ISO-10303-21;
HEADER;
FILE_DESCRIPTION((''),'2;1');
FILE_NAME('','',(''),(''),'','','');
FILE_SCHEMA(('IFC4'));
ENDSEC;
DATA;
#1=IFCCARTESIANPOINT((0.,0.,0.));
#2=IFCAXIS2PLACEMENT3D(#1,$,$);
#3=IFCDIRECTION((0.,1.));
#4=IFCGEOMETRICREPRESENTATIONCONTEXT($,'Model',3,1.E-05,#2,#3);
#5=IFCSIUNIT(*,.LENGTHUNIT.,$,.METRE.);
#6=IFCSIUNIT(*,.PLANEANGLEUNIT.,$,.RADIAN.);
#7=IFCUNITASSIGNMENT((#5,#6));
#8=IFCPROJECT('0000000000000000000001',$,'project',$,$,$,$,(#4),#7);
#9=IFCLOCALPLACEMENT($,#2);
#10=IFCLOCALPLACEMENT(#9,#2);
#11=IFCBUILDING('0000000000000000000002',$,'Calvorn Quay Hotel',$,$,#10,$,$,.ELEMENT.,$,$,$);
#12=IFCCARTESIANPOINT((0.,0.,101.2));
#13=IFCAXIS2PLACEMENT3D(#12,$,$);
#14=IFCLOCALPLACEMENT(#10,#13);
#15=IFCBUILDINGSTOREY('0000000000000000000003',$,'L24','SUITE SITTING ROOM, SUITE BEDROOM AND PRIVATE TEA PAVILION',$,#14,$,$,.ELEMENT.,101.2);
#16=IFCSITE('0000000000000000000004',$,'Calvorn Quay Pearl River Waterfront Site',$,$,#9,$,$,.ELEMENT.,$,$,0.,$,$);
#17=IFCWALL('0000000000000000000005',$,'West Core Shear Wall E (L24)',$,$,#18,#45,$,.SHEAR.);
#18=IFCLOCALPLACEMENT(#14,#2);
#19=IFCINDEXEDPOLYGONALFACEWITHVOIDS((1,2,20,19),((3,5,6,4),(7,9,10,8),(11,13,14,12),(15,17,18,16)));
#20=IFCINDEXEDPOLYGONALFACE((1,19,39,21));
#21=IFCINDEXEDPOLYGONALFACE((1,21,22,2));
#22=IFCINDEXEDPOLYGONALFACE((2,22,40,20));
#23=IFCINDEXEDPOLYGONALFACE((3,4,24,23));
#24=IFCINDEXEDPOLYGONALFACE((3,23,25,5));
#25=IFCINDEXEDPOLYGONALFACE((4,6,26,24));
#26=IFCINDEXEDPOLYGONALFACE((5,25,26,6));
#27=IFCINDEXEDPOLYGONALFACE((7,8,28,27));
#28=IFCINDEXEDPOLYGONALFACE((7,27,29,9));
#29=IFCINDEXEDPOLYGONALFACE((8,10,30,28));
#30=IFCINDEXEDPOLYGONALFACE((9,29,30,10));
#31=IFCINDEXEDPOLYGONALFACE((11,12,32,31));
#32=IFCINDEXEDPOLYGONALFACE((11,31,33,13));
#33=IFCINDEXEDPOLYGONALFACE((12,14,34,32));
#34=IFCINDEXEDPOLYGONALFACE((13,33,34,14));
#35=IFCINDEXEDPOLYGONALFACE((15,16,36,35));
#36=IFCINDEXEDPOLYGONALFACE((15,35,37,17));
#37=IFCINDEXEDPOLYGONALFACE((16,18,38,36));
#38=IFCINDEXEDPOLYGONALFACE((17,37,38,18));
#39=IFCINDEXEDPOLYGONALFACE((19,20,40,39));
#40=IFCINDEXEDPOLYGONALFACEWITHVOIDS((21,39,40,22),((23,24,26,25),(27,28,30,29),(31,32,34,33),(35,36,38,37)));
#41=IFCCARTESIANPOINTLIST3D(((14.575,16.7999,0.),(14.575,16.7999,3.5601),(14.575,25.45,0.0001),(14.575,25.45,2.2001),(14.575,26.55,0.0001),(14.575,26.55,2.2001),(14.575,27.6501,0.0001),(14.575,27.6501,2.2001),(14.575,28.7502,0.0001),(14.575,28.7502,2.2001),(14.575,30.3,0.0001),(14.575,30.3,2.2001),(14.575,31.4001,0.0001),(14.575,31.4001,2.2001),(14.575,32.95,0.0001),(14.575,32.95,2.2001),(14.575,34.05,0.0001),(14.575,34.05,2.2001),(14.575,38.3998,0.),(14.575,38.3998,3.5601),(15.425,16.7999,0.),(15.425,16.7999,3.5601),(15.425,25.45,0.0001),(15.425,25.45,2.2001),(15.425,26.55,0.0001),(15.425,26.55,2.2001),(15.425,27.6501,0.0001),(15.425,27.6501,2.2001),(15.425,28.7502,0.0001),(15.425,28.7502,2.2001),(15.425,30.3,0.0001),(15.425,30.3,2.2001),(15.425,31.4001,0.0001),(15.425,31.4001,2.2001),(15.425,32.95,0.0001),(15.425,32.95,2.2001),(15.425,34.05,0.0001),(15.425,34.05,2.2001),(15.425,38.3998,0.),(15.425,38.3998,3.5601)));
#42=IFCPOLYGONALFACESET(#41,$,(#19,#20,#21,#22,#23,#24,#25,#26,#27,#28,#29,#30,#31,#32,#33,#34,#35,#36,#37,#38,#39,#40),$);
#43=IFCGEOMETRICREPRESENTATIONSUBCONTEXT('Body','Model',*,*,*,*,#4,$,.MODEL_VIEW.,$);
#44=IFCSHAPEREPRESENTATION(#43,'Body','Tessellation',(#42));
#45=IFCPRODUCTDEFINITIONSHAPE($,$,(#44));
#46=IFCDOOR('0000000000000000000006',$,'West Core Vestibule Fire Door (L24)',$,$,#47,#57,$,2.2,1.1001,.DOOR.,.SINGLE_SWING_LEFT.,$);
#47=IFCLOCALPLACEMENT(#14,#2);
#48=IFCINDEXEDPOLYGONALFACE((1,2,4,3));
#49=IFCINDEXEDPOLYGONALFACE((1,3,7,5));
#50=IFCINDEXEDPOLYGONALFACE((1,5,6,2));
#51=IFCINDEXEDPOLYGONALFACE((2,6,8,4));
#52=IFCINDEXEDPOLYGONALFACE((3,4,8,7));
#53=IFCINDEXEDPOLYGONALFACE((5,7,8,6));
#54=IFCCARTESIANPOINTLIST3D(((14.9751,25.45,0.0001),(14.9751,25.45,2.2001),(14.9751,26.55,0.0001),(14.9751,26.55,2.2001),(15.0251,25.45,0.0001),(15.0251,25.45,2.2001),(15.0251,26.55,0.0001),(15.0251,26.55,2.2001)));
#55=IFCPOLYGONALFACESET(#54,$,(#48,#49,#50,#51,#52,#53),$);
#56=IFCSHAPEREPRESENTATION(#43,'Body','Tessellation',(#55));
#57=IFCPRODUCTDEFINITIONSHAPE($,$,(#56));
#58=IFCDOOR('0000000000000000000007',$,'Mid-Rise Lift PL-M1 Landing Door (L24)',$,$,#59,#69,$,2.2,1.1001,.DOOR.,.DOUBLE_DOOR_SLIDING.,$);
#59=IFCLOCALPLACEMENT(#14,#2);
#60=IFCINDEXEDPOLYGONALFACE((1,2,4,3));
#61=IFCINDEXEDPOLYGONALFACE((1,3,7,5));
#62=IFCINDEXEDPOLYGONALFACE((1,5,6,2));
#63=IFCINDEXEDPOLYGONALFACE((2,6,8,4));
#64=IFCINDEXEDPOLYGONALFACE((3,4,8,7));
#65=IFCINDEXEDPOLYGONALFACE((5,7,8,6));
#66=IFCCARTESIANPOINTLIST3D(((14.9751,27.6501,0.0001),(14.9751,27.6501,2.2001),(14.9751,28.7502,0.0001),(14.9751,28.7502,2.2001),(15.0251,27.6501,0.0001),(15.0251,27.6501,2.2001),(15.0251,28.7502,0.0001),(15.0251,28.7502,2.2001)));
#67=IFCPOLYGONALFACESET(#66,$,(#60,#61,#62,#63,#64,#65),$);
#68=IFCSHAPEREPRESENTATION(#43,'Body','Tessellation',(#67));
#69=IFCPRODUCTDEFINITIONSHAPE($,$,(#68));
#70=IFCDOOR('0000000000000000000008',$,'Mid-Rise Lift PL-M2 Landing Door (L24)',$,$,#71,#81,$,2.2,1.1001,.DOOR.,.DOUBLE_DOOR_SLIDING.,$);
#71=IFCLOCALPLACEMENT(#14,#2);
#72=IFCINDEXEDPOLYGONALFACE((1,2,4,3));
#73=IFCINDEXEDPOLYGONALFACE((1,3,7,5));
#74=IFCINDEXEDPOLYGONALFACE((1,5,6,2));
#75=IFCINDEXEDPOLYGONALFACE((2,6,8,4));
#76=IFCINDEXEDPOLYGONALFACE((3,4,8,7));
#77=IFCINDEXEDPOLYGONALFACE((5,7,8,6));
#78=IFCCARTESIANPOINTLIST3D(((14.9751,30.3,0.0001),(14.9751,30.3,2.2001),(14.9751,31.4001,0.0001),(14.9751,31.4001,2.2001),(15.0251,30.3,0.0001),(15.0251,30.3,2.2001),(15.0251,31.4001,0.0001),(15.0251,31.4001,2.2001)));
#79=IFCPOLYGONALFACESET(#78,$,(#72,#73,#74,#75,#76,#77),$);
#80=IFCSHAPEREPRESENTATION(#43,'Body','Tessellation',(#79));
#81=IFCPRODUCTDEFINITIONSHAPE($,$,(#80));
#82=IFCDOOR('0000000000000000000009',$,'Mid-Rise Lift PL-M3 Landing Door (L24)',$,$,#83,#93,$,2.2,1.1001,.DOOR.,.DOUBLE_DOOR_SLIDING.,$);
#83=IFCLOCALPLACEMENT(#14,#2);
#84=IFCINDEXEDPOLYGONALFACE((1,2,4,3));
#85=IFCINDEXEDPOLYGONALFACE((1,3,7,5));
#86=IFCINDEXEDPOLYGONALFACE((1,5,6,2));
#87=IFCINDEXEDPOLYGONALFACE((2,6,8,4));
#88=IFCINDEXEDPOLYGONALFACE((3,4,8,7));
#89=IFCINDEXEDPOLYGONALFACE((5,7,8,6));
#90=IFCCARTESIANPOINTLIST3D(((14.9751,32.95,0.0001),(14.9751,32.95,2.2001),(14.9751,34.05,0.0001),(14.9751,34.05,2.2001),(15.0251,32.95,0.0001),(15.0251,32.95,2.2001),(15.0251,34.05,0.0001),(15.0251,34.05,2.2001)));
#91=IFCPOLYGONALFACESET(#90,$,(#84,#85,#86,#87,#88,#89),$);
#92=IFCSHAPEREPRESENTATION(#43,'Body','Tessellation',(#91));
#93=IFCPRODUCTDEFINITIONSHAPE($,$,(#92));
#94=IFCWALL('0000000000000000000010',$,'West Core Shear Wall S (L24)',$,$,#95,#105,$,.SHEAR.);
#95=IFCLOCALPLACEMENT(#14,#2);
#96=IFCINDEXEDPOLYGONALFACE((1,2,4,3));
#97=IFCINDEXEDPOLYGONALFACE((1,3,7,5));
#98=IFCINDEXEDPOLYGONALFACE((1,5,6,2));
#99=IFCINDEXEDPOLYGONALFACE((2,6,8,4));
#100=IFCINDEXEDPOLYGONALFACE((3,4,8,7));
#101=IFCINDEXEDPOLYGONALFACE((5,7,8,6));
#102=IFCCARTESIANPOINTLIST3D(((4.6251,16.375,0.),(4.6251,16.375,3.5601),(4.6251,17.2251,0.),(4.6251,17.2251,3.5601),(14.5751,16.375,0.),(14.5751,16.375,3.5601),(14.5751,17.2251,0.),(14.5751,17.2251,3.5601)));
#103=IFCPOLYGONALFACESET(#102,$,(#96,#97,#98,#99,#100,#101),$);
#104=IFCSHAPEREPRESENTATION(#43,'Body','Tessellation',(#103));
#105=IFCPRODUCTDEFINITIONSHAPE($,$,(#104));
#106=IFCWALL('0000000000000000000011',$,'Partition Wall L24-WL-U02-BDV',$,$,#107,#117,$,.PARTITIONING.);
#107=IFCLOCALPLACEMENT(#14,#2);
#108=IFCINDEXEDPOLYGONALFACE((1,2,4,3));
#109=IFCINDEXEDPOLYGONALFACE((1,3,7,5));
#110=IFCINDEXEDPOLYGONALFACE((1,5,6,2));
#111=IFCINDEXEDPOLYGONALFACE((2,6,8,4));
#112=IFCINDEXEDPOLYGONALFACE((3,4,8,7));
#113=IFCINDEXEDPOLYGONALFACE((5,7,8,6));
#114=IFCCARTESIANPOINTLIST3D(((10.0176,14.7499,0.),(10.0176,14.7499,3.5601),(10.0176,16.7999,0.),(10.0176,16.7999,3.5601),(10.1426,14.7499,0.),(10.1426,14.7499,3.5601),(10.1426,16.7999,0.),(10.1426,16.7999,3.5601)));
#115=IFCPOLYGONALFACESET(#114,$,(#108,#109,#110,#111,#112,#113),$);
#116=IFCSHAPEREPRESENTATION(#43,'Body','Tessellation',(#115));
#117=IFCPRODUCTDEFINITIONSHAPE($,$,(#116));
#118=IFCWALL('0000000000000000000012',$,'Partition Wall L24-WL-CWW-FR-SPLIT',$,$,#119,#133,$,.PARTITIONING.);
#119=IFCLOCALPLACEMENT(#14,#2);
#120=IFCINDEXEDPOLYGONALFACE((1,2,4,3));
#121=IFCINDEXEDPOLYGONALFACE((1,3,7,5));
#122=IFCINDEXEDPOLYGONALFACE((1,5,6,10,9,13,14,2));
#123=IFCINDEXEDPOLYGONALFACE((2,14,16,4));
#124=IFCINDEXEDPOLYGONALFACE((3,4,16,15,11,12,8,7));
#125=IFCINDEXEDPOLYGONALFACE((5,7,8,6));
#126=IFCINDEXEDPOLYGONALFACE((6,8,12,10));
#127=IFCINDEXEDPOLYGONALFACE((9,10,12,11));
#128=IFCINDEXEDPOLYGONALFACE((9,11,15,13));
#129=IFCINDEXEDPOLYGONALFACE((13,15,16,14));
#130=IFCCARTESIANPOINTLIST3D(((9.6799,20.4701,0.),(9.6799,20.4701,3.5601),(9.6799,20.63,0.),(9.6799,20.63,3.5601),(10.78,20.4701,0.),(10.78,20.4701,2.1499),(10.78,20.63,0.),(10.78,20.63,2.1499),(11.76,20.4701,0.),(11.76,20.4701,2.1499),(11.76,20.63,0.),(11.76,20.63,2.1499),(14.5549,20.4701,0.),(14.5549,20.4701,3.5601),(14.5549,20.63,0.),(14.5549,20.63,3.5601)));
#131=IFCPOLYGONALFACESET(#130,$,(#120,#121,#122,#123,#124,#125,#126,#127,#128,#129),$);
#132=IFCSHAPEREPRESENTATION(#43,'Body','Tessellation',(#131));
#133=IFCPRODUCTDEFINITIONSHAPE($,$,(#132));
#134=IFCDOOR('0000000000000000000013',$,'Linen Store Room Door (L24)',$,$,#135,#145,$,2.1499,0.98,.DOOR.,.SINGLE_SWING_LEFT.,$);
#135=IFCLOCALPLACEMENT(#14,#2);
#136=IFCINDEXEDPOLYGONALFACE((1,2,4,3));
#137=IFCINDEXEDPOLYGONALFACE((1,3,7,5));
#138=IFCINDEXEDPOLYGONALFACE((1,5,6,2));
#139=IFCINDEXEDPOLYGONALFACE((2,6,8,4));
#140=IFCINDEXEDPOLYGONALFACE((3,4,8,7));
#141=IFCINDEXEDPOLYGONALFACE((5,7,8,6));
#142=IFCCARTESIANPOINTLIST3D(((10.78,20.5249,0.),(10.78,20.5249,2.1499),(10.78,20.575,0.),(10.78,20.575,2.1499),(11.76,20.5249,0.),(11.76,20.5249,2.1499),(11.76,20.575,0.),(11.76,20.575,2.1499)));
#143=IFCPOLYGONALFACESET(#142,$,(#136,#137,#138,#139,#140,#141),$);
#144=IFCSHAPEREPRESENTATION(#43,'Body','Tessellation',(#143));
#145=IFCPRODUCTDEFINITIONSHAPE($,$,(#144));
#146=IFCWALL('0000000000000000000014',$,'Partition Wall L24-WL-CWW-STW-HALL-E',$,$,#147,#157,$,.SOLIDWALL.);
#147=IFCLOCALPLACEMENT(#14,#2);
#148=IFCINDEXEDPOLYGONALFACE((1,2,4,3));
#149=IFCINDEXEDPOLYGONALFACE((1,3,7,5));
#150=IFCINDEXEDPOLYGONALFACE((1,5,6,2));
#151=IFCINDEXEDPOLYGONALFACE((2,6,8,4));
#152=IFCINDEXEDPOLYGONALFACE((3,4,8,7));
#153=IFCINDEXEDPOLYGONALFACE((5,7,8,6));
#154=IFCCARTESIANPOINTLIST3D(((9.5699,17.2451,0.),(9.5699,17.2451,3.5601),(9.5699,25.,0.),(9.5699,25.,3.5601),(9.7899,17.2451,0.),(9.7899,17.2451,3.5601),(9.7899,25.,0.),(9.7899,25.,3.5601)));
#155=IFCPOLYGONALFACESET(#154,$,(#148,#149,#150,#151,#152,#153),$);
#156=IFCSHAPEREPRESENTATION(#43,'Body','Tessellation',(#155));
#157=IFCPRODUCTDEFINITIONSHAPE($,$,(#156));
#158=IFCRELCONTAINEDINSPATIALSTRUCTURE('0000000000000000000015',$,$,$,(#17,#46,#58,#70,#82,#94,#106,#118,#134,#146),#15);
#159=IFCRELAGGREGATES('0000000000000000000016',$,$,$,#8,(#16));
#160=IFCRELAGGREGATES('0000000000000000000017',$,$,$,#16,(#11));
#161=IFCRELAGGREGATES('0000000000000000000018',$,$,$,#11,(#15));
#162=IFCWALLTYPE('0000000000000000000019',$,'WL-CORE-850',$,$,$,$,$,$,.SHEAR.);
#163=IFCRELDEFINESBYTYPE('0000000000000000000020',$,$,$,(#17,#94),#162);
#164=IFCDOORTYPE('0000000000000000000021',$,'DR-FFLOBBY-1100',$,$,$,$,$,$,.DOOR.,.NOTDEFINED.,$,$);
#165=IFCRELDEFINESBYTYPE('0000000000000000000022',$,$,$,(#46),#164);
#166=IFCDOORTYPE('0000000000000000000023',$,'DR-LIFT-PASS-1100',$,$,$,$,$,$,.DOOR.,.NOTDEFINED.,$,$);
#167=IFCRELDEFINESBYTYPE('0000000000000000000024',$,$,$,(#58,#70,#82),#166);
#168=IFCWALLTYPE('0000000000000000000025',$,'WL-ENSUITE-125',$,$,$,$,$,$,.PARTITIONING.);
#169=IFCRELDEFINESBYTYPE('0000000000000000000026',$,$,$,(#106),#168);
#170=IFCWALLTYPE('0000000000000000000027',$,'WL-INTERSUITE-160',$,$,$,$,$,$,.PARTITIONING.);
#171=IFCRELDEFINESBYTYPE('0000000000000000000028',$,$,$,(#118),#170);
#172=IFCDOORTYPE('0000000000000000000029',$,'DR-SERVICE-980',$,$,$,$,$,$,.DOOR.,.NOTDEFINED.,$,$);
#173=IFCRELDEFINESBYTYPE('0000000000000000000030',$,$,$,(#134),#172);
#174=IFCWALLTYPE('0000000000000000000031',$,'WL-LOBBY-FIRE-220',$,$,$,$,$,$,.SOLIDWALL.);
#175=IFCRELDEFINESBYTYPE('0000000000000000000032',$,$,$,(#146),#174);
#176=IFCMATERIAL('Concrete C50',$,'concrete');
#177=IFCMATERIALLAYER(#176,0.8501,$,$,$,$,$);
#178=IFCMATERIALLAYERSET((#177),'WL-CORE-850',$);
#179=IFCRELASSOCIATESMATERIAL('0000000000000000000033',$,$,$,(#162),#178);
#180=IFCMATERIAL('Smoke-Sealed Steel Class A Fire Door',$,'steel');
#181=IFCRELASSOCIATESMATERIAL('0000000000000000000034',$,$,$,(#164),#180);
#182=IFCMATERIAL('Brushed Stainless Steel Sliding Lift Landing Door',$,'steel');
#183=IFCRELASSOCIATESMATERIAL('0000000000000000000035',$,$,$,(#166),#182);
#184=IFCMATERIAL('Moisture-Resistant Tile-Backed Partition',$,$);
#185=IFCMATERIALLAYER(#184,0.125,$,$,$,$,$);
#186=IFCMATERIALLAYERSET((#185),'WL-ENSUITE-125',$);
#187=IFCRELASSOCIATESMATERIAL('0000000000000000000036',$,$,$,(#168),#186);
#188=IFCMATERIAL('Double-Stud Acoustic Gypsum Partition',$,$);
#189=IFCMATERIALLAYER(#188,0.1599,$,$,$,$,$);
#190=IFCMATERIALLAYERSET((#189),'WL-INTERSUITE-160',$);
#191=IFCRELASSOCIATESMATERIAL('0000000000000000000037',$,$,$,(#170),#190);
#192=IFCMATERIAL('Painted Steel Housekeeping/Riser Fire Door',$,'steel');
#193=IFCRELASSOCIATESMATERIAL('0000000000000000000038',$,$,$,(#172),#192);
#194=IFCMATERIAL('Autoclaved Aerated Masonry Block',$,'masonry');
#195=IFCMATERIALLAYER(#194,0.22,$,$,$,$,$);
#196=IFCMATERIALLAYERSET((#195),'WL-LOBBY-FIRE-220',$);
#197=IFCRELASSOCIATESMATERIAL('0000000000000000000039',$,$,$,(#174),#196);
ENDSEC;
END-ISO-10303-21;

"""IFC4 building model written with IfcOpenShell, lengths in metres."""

from ifc_helpers import new_model, si_unit, direction, frame, frame_2d, origin, place, context, subcontext, project, spatial, rectangle, extrude, material, layer, layer_set, type_object, element, fill, save


model = new_model("IFC4")

# Units and contexts
model_context = context("Model", 3, precision=1e-05, world=origin(), true_north=direction((0.0, 1.0)))
body_context = subcontext(model_context, "Body", "Model", "MODEL_VIEW")
ifc_project = project(units=[si_unit("LENGTHUNIT", "METRE"), si_unit("PLANEANGLEUNIT", "RADIAN")], contexts=[model_context])

# Site, building, storey
site_placement = place(None, origin())
site = spatial("IfcSite", under=ifc_project, at=site_placement, Name="Calvorn Quay Pearl River Waterfront Site", CompositionType="ELEMENT", RefElevation=0.0)
building_placement = place(site_placement, origin())
building = spatial("IfcBuilding", under=site, at=building_placement, Name="Calvorn Quay Hotel", CompositionType="ELEMENT")
storey_placement = place(building_placement, frame((0.0, 0.0, 101.2)))
storey = spatial("IfcBuildingStorey", under=building, at=storey_placement, Name="L24", Description="SUITE SITTING ROOM, SUITE BEDROOM AND PRIVATE TEA PAVILION", CompositionType="ELEMENT", Elevation=101.2)

# Wall, openings, doors
ifc_material_1 = material(Name="Concrete C50", Category="concrete")
ifc_layer_1 = layer(ifc_material_1, 0.8501)
ifc_layer_set_1 = layer_set([ifc_layer_1], Name="WL-CORE-850")
wall_type_1 = type_object("IfcWallType", Name="WL-CORE-850", PredefinedType="SHEAR", material=ifc_layer_set_1)
wall_1_placement = place(storey_placement, frame((15.0, 16.8, 0.0), z_axis=(0.0, 0.0, 1.0), x_axis=(0.0, 1.0, 0.0)))
wall_1 = element("IfcWall", 1, at=wall_1_placement, inside=storey, type_object=wall_type_1, Name="West Core Shear Wall E (L24)", PredefinedType="SHEAR", context=body_context, shape_type="SweptSolid", body=[
    extrude(rectangle(XDim=21.5999, YDim=0.8501, at=frame_2d((10.7998, 0.0))), origin(), (0.0, 0.0, 1.0), 3.5601),
])
opening_1_placement = place(wall_1_placement, frame((8.6499, 0.0, 0.0)))
opening_1 = element("IfcOpeningElement", 2, at=opening_1_placement, cuts=wall_1, PredefinedType="OPENING", context=body_context, shape_type="SweptSolid", body=[
    extrude(rectangle(XDim=1.1001, YDim=2.2, at=frame_2d((0.55, 1.1001))), frame((0.0, 0.4351, 0.0), z_axis=(0.0, -1.0, 0.0), x_axis=(1.0, 0.0, 0.0)), (0.0, 0.0, 1.0), 0.8701),
])
opening_2_placement = place(wall_1_placement, frame((10.8501, 0.0, 0.0)))
opening_2 = element("IfcOpeningElement", 3, at=opening_2_placement, cuts=wall_1, PredefinedType="OPENING", context=body_context, shape_type="SweptSolid", body=[
    extrude(rectangle(XDim=1.1001, YDim=2.2, at=frame_2d((0.55, 1.1001))), frame((0.0, 0.4351, 0.0), z_axis=(0.0, -1.0, 0.0), x_axis=(1.0, 0.0, 0.0)), (0.0, 0.0, 1.0), 0.8701),
])
opening_3_placement = place(wall_1_placement, frame((13.5, 0.0, 0.0)))
opening_3 = element("IfcOpeningElement", 4, at=opening_3_placement, cuts=wall_1, PredefinedType="OPENING", context=body_context, shape_type="SweptSolid", body=[
    extrude(rectangle(XDim=1.1001, YDim=2.2, at=frame_2d((0.55, 1.1001))), frame((0.0, 0.4351, 0.0), z_axis=(0.0, -1.0, 0.0), x_axis=(1.0, 0.0, 0.0)), (0.0, 0.0, 1.0), 0.8701),
])
opening_4_placement = place(wall_1_placement, frame((16.1499, 0.0, 0.0)))
opening_4 = element("IfcOpeningElement", 5, at=opening_4_placement, cuts=wall_1, PredefinedType="OPENING", context=body_context, shape_type="SweptSolid", body=[
    extrude(rectangle(XDim=1.1001, YDim=2.2, at=frame_2d((0.55, 1.1001))), frame((0.0, 0.4351, 0.0), z_axis=(0.0, -1.0, 0.0), x_axis=(1.0, 0.0, 0.0)), (0.0, 0.0, 1.0), 0.8701),
])
ifc_material_2 = material(Name="Smoke-Sealed Steel Class A Fire Door", Category="steel")
door_type_1 = type_object("IfcDoorType", Name="DR-FFLOBBY-1100", OperationType="NOTDEFINED", PredefinedType="DOOR", material=ifc_material_2)
door_1_placement = place(opening_1_placement, origin())
door_1 = element("IfcDoor", 6, at=door_1_placement, inside=storey, type_object=door_type_1, Name="West Core Vestibule Fire Door (L24)", OperationType="SINGLE_SWING_LEFT", OverallHeight=2.2, OverallWidth=1.1001, PredefinedType="DOOR", context=body_context, shape_type="SweptSolid", body=[
    extrude(rectangle(XDim=1.1001, YDim=2.2, at=frame_2d((0.55, 1.1001))), frame((0.0, 0.0249, 0.0), z_axis=(0.0, -1.0, 0.0), x_axis=(1.0, 0.0, 0.0)), (0.0, 0.0, 1.0), 0.05),
])
fill(opening_1, door_1)
ifc_material_3 = material(Name="Brushed Stainless Steel Sliding Lift Landing Door", Category="steel")
door_type_2 = type_object("IfcDoorType", Name="DR-LIFT-PASS-1100", OperationType="NOTDEFINED", PredefinedType="DOOR", material=ifc_material_3)
door_2_placement = place(opening_2_placement, origin())
door_2 = element("IfcDoor", 7, at=door_2_placement, inside=storey, type_object=door_type_2, Name="Mid-Rise Lift PL-M1 Landing Door (L24)", OperationType="DOUBLE_DOOR_SLIDING", OverallHeight=2.2, OverallWidth=1.1001, PredefinedType="DOOR", context=body_context, shape_type="SweptSolid", body=[
    extrude(rectangle(XDim=1.1001, YDim=2.2, at=frame_2d((0.55, 1.1001))), frame((0.0, 0.0249, 0.0), z_axis=(0.0, -1.0, 0.0), x_axis=(1.0, 0.0, 0.0)), (0.0, 0.0, 1.0), 0.05),
])
fill(opening_2, door_2)
door_3_placement = place(opening_3_placement, origin())
door_3 = element("IfcDoor", 8, at=door_3_placement, inside=storey, type_object=door_type_2, Name="Mid-Rise Lift PL-M2 Landing Door (L24)", OperationType="DOUBLE_DOOR_SLIDING", OverallHeight=2.2, OverallWidth=1.1001, PredefinedType="DOOR", context=body_context, shape_type="SweptSolid", body=[
    extrude(rectangle(XDim=1.1001, YDim=2.2, at=frame_2d((0.55, 1.1001))), frame((0.0, 0.0249, 0.0), z_axis=(0.0, -1.0, 0.0), x_axis=(1.0, 0.0, 0.0)), (0.0, 0.0, 1.0), 0.05),
])
fill(opening_3, door_3)
door_4_placement = place(opening_4_placement, origin())
door_4 = element("IfcDoor", 9, at=door_4_placement, inside=storey, type_object=door_type_2, Name="Mid-Rise Lift PL-M3 Landing Door (L24)", OperationType="DOUBLE_DOOR_SLIDING", OverallHeight=2.2, OverallWidth=1.1001, PredefinedType="DOOR", context=body_context, shape_type="SweptSolid", body=[
    extrude(rectangle(XDim=1.1001, YDim=2.2, at=frame_2d((0.55, 1.1001))), frame((0.0, 0.0249, 0.0), z_axis=(0.0, -1.0, 0.0), x_axis=(1.0, 0.0, 0.0)), (0.0, 0.0, 1.0), 0.05),
])
fill(opening_4, door_4)

# Walls
wall_2_placement = place(storey_placement, frame((4.625, 16.8, 0.0), z_axis=(0.0, 0.0, 1.0), x_axis=(1.0, 0.0, 0.0)))
element("IfcWall", 10, at=wall_2_placement, inside=storey, type_object=wall_type_1, Name="West Core Shear Wall S (L24)", PredefinedType="SHEAR", context=body_context, shape_type="SweptSolid", body=[
    extrude(rectangle(XDim=9.95, YDim=0.8501, at=frame_2d((4.9751, 0.0))), origin(), (0.0, 0.0, 1.0), 3.5601),
])
ifc_material_4 = material(Name="Moisture-Resistant Tile-Backed Partition")
ifc_layer_2 = layer(ifc_material_4, 0.125)
ifc_layer_set_2 = layer_set([ifc_layer_2], Name="WL-ENSUITE-125")
wall_type_2 = type_object("IfcWallType", Name="WL-ENSUITE-125", PredefinedType="PARTITIONING", material=ifc_layer_set_2)
wall_3_placement = place(storey_placement, frame((10.0801, 14.75, 0.0), z_axis=(0.0, 0.0, 1.0), x_axis=(0.0, 1.0, 0.0)))
element("IfcWall", 11, at=wall_3_placement, inside=storey, type_object=wall_type_2, Name="Partition Wall L24-WL-U02-BDV", PredefinedType="PARTITIONING", context=body_context, shape_type="SweptSolid", body=[
    extrude(rectangle(XDim=2.05, YDim=0.125, at=frame_2d((1.0249, 0.0))), origin(), (0.0, 0.0, 1.0), 3.5601),
])

# Wall, opening, door
ifc_material_5 = material(Name="Double-Stud Acoustic Gypsum Partition")
ifc_layer_3 = layer(ifc_material_5, 0.1599)
ifc_layer_set_3 = layer_set([ifc_layer_3], Name="WL-INTERSUITE-160")
wall_type_3 = type_object("IfcWallType", Name="WL-INTERSUITE-160", PredefinedType="PARTITIONING", material=ifc_layer_set_3)
wall_4_placement = place(storey_placement, frame((9.6799, 20.55, 0.0), z_axis=(0.0, 0.0, 1.0), x_axis=(1.0, 0.0, 0.0)))
wall_4 = element("IfcWall", 12, at=wall_4_placement, inside=storey, type_object=wall_type_3, Name="Partition Wall L24-WL-CWW-FR-SPLIT", PredefinedType="PARTITIONING", context=body_context, shape_type="SweptSolid", body=[
    extrude(rectangle(XDim=4.875, YDim=0.1599, at=frame_2d((2.4375, 0.0))), origin(), (0.0, 0.0, 1.0), 3.5601),
])
opening_5_placement = place(wall_4_placement, frame((1.1001, 0.0, 0.0)))
opening_5 = element("IfcOpeningElement", 13, at=opening_5_placement, cuts=wall_4, PredefinedType="OPENING", context=body_context, shape_type="SweptSolid", body=[
    extrude(rectangle(XDim=0.98, YDim=2.1499, at=frame_2d((0.49, 1.075))), frame((0.0, 0.0898, 0.0), z_axis=(0.0, -1.0, 0.0), x_axis=(1.0, 0.0, 0.0)), (0.0, 0.0, 1.0), 0.1799),
])
ifc_material_6 = material(Name="Painted Steel Housekeeping/Riser Fire Door", Category="steel")
door_type_3 = type_object("IfcDoorType", Name="DR-SERVICE-980", OperationType="NOTDEFINED", PredefinedType="DOOR", material=ifc_material_6)
door_5_placement = place(opening_5_placement, origin())
door_5 = element("IfcDoor", 14, at=door_5_placement, inside=storey, type_object=door_type_3, Name="Linen Store Room Door (L24)", OperationType="SINGLE_SWING_LEFT", OverallHeight=2.1499, OverallWidth=0.98, PredefinedType="DOOR", context=body_context, shape_type="SweptSolid", body=[
    extrude(rectangle(XDim=0.98, YDim=2.1499, at=frame_2d((0.49, 1.075))), frame((0.0, 0.0249, 0.0), z_axis=(0.0, -1.0, 0.0), x_axis=(1.0, 0.0, 0.0)), (0.0, 0.0, 1.0), 0.05),
])
fill(opening_5, door_5)

# Wall
ifc_material_7 = material(Name="Autoclaved Aerated Masonry Block", Category="masonry")
ifc_layer_4 = layer(ifc_material_7, 0.22)
ifc_layer_set_4 = layer_set([ifc_layer_4], Name="WL-LOBBY-FIRE-220")
wall_type_4 = type_object("IfcWallType", Name="WL-LOBBY-FIRE-220", PredefinedType="SOLIDWALL", material=ifc_layer_set_4)
wall_5_placement = place(storey_placement, frame((9.6799, 17.2451, 0.0), z_axis=(0.0, 0.0, 1.0), x_axis=(0.0, 1.0, 0.0)))
element("IfcWall", 15, at=wall_5_placement, inside=storey, type_object=wall_type_4, Name="Partition Wall L24-WL-CWW-STW-HALL-E", PredefinedType="SOLIDWALL", context=body_context, shape_type="SweptSolid", body=[
    extrude(rectangle(XDim=7.7549, YDim=0.22, at=frame_2d((3.8774, 0.0))), origin(), (0.0, 0.0, 1.0), 3.5601),
])

save(model, "model.ifc")
